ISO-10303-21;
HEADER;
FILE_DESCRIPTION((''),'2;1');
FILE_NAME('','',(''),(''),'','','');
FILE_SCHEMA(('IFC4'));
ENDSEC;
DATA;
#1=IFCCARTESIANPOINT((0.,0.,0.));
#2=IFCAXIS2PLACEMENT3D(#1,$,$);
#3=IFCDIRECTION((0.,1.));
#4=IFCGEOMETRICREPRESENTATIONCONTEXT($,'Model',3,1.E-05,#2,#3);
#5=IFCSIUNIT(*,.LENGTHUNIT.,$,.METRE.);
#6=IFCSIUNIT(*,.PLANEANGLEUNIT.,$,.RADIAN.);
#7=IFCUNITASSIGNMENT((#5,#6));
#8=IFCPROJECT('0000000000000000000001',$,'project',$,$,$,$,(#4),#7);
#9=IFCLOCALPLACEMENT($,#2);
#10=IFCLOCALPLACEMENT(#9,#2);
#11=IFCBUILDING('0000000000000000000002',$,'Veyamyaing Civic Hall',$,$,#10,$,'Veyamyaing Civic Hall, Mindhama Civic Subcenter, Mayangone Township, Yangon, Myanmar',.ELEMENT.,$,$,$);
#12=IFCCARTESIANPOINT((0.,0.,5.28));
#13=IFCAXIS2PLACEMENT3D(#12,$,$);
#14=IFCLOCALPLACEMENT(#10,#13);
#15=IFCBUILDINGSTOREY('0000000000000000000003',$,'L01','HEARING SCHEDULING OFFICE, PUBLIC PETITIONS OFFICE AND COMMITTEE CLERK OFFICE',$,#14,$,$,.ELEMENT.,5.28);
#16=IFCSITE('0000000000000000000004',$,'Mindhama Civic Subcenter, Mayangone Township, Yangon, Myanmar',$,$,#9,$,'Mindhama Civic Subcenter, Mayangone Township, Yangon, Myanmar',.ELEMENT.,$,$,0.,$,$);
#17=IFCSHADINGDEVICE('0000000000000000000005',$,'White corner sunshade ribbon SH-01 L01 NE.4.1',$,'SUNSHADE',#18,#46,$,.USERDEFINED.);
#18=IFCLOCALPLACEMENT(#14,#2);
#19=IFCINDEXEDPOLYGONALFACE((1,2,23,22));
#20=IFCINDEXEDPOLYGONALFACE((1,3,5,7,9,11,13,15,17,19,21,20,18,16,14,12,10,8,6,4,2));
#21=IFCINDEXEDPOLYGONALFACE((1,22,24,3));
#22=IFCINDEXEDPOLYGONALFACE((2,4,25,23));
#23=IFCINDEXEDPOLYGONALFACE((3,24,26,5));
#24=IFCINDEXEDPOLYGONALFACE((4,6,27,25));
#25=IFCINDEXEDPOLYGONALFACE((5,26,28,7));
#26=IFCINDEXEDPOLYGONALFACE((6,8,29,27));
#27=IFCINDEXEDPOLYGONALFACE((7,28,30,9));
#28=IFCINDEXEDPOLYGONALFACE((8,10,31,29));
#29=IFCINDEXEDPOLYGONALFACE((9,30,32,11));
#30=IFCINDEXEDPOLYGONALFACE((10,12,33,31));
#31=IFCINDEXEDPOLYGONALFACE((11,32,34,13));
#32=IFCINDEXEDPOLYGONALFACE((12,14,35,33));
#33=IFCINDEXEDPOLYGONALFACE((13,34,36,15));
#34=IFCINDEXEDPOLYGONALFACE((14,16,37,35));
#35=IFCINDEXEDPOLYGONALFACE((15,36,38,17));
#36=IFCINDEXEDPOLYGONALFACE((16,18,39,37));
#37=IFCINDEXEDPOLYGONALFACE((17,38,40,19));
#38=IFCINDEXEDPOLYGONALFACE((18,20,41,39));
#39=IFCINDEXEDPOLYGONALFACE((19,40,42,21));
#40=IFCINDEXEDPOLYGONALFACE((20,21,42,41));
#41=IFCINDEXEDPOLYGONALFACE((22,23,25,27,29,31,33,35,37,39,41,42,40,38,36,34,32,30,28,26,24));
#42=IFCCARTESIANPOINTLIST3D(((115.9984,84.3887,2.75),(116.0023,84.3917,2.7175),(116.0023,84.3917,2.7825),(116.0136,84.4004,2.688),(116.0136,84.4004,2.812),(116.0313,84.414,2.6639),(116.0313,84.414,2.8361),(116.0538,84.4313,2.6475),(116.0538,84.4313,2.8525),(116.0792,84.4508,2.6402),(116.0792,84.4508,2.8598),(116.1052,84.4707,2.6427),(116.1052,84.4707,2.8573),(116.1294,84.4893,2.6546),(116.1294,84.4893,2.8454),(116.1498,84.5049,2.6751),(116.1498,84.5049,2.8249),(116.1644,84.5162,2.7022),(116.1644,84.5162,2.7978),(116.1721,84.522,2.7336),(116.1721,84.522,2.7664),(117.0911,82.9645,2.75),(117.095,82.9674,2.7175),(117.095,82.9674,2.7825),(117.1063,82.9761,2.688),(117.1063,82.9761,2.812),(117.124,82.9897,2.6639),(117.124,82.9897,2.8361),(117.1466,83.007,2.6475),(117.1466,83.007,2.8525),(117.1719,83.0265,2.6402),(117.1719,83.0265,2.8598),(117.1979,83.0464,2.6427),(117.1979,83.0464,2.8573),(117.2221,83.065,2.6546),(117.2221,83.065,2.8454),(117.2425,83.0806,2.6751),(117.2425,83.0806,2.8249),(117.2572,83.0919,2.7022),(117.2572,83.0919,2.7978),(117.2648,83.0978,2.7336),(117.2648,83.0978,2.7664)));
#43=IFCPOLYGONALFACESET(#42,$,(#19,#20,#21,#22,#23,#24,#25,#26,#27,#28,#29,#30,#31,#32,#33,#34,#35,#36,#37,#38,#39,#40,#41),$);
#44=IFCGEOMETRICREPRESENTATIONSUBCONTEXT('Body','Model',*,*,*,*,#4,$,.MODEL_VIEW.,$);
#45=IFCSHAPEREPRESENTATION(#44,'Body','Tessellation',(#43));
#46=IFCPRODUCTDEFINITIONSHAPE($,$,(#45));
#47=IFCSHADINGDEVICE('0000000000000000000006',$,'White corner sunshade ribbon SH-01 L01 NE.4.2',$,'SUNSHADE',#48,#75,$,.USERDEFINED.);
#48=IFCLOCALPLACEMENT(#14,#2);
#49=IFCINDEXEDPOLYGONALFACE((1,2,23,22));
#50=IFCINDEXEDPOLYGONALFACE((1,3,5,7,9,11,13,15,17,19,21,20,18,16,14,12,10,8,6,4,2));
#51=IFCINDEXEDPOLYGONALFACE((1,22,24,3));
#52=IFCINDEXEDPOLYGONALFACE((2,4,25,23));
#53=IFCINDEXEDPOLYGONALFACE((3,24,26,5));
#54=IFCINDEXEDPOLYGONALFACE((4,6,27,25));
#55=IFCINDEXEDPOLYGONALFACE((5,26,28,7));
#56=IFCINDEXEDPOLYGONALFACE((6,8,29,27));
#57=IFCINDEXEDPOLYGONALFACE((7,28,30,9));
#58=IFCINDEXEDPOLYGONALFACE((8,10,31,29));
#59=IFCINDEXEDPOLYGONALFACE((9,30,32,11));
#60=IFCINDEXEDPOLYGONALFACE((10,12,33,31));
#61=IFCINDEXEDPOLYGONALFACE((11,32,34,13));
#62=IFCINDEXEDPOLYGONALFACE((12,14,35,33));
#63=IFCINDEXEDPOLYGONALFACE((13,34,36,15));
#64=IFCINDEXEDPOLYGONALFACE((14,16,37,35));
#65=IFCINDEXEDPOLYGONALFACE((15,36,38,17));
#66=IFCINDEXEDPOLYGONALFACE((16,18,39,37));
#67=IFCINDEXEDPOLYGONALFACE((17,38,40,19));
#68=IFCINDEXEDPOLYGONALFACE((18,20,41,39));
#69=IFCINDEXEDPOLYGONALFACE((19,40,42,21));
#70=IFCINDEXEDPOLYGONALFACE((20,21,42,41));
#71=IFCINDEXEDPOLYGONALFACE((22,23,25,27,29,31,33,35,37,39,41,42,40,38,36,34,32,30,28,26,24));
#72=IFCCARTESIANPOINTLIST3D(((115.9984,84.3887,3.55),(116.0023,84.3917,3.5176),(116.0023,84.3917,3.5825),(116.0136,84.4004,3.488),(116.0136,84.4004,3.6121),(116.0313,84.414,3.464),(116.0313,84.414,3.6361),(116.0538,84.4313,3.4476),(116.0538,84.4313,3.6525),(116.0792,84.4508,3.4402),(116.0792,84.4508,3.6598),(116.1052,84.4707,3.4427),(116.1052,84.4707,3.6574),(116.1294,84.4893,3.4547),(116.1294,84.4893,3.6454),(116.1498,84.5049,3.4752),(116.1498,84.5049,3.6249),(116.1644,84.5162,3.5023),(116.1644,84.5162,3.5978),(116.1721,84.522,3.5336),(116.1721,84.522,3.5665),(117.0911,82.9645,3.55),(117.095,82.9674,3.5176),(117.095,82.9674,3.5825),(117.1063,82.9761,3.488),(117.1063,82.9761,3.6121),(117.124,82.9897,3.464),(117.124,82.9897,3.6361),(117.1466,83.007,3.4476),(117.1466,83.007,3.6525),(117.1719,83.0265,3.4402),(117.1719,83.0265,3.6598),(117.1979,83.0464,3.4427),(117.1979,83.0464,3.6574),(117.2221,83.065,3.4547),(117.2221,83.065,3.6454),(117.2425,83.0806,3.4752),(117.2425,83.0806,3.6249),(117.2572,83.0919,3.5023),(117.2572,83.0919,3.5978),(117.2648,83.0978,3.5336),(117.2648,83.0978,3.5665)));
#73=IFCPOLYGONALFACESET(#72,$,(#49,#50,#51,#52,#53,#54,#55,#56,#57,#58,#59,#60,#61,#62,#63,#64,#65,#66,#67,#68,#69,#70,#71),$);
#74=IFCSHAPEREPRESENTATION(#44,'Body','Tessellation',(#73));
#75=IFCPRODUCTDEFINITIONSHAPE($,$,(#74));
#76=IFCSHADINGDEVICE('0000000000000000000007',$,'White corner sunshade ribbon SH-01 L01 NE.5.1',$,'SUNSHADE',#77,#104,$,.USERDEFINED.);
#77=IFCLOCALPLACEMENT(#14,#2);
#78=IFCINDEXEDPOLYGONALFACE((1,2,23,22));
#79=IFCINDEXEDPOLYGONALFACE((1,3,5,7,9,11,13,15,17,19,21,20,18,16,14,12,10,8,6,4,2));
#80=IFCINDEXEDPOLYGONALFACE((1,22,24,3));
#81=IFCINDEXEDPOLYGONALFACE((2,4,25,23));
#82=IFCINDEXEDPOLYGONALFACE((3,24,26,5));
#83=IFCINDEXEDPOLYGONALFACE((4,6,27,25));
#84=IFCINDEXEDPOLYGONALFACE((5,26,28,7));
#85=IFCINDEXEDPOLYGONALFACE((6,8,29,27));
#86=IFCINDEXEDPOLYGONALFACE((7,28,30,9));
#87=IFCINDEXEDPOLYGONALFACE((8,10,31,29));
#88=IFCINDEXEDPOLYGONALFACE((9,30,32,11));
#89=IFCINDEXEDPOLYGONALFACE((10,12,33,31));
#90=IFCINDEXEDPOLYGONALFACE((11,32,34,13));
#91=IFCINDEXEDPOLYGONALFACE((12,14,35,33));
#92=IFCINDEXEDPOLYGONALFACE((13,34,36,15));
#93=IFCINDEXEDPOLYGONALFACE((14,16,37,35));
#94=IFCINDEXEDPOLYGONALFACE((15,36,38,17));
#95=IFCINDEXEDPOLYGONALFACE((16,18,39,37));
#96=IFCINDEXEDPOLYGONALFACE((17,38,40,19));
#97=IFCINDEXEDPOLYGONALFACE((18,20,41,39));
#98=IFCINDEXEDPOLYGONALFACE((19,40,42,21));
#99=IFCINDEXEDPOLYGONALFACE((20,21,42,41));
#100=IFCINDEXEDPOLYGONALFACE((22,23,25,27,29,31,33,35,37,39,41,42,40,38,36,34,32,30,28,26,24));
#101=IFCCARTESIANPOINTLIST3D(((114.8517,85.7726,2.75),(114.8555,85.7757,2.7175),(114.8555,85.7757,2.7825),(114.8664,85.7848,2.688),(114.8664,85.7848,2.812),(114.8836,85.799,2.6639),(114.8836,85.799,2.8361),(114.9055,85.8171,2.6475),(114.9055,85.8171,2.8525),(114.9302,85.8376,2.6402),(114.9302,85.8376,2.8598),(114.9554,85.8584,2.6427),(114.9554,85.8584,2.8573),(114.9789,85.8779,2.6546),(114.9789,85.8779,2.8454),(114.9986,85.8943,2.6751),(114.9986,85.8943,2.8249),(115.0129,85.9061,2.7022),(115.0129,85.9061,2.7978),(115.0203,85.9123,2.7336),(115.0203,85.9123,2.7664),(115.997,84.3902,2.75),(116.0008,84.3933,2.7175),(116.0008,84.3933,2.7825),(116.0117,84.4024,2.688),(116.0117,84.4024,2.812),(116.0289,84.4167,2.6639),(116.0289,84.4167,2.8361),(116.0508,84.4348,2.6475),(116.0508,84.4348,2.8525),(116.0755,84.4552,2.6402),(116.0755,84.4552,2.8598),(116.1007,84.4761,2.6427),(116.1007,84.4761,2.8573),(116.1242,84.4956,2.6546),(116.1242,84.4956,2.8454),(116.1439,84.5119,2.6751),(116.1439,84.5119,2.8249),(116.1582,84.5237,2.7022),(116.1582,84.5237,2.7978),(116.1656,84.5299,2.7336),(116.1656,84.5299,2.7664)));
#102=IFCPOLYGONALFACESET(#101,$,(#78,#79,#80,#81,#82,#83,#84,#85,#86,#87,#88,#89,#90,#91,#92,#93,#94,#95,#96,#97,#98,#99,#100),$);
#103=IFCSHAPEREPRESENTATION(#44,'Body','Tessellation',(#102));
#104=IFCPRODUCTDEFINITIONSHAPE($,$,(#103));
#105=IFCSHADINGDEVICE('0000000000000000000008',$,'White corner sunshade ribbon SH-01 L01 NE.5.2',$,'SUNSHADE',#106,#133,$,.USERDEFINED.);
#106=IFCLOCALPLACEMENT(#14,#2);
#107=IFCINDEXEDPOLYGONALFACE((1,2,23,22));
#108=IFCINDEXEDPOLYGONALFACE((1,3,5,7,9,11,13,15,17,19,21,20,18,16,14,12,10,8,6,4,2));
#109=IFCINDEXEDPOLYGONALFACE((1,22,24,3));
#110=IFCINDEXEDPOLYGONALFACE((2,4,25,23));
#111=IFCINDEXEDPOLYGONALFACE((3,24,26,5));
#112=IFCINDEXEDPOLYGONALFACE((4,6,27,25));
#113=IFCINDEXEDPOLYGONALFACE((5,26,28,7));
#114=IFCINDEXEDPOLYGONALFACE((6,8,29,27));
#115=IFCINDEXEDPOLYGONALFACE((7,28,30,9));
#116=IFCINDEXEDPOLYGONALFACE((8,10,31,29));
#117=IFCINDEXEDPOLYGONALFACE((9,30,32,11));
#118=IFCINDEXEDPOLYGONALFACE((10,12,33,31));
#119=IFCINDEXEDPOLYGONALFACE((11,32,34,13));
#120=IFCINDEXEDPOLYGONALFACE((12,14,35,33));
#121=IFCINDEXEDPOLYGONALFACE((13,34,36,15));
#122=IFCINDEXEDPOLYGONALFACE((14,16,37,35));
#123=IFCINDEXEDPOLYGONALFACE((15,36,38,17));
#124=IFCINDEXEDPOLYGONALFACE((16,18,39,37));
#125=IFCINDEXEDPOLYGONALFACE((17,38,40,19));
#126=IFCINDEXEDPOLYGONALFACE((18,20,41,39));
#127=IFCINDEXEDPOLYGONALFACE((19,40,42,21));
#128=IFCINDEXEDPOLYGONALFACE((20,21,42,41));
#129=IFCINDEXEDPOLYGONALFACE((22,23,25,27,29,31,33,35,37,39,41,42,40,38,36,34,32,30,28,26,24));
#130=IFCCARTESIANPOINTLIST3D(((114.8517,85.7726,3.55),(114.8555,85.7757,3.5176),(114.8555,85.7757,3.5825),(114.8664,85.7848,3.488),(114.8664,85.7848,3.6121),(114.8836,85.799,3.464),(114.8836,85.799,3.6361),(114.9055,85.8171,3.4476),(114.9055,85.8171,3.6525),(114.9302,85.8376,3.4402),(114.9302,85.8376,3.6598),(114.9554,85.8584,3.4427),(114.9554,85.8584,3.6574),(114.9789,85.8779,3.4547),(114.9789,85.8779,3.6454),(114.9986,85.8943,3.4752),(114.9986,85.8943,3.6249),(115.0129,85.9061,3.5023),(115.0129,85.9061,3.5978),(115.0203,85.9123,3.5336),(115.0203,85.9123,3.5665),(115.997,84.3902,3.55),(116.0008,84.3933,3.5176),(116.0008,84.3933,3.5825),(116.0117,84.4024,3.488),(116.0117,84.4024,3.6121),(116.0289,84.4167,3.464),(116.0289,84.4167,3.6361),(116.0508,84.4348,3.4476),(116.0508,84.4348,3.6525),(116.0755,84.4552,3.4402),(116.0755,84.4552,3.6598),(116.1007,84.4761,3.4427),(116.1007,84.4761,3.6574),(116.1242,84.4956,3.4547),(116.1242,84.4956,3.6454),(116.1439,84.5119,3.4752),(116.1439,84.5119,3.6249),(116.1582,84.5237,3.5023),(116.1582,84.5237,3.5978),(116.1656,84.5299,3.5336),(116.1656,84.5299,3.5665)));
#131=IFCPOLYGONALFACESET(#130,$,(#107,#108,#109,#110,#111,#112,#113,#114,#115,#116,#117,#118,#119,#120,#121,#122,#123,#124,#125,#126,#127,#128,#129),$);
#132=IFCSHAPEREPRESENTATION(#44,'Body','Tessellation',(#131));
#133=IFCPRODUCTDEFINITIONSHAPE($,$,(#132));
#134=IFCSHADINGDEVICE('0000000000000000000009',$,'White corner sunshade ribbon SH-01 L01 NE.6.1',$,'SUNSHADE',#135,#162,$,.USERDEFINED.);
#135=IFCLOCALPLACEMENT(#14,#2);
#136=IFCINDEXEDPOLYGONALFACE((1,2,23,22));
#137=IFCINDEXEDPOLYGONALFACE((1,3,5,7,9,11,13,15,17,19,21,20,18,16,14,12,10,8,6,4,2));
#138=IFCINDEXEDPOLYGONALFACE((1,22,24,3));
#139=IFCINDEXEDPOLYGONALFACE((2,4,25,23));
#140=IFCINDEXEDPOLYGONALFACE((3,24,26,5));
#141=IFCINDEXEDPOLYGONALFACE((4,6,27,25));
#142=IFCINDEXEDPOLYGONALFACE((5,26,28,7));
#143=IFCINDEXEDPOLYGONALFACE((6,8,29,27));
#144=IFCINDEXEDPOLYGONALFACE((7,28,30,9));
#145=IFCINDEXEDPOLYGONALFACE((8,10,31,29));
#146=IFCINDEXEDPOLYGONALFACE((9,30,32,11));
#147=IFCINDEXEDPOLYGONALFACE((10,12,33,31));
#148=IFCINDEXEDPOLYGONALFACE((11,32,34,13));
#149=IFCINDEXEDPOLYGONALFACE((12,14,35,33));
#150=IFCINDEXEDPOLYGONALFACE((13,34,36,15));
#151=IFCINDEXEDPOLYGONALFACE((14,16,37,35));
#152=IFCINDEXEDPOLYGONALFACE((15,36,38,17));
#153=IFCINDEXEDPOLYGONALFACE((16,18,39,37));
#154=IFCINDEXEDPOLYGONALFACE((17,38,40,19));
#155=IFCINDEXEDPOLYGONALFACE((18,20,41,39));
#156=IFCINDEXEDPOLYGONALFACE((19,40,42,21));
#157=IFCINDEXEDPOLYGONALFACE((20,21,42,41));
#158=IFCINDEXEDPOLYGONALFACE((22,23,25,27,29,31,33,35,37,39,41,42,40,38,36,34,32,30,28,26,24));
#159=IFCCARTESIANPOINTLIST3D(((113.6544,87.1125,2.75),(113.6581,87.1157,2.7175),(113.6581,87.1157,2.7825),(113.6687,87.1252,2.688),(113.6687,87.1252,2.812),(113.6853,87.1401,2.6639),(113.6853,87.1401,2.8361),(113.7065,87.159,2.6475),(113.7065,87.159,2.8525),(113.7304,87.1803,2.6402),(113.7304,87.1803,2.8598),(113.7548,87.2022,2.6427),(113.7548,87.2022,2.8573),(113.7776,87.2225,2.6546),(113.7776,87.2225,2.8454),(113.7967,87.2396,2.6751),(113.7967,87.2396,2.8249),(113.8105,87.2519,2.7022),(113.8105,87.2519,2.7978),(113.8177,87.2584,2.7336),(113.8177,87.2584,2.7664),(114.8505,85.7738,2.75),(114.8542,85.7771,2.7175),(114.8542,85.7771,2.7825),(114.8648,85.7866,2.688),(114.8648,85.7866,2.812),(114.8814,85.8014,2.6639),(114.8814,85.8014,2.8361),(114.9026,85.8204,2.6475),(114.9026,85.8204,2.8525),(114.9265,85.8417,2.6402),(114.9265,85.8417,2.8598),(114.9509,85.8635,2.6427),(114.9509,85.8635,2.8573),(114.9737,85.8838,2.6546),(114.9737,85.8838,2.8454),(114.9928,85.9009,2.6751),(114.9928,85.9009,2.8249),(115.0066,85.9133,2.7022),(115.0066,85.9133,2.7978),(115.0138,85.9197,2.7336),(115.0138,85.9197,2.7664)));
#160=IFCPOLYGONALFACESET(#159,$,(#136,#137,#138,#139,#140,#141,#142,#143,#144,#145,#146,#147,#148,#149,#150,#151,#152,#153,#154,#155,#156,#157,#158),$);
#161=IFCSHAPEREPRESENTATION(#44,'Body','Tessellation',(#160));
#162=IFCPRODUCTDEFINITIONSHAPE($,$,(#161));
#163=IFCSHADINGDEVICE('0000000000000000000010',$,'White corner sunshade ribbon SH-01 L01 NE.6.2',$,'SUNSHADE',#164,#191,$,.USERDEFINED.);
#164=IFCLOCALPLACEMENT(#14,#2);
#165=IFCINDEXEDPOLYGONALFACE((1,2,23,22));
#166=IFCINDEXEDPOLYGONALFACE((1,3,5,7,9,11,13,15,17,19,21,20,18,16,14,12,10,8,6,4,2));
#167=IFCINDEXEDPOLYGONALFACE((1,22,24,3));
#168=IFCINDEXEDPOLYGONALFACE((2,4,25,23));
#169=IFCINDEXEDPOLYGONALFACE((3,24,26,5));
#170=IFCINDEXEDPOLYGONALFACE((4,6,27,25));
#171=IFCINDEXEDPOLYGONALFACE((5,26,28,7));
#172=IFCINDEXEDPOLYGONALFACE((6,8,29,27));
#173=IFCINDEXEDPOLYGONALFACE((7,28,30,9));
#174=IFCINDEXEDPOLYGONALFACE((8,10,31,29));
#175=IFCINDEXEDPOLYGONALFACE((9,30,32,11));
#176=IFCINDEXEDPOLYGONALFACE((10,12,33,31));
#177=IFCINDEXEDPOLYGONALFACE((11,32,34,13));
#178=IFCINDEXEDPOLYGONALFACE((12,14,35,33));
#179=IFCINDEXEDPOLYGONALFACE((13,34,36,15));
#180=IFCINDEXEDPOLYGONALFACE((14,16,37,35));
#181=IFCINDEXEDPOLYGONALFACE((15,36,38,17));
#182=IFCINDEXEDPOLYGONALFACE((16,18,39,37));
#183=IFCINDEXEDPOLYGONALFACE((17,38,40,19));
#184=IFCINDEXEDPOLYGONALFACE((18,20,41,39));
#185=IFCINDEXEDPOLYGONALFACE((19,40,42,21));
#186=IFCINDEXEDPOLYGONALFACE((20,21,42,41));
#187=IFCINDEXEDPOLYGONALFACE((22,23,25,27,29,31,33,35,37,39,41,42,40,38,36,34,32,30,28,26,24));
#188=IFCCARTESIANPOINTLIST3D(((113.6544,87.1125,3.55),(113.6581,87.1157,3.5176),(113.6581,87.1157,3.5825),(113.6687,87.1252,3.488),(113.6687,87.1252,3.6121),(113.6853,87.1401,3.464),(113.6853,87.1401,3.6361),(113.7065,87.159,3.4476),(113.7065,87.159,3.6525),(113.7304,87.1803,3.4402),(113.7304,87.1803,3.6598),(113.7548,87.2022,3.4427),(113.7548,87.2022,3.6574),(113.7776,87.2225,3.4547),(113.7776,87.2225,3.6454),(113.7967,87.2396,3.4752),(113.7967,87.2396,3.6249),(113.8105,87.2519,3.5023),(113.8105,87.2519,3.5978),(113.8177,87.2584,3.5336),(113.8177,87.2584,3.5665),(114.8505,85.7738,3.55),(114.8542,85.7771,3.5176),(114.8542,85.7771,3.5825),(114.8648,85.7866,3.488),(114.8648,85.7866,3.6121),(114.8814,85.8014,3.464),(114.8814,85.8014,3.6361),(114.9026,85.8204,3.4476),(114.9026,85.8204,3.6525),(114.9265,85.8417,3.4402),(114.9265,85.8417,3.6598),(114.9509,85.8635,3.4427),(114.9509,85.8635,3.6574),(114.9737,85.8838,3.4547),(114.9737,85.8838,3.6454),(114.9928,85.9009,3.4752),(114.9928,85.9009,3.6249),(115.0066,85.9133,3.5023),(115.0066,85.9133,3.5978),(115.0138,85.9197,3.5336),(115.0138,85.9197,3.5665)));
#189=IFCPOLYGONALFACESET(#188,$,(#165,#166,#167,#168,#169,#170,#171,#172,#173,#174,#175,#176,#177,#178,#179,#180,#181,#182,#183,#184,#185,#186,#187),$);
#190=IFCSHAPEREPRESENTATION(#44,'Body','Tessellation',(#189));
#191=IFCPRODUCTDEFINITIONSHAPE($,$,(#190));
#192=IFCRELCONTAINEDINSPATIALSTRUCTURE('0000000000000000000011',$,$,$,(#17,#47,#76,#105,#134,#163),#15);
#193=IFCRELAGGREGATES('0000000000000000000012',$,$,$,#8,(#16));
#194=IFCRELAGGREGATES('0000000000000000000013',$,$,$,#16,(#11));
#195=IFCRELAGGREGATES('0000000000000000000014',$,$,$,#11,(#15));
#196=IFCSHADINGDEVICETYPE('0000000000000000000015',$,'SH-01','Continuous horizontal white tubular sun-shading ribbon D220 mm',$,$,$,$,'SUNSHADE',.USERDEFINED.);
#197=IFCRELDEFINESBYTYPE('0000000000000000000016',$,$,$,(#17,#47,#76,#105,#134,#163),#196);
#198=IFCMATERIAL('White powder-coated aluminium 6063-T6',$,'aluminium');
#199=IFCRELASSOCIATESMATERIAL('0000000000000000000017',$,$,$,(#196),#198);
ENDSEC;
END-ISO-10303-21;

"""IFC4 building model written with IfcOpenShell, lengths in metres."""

from ifc_helpers import new_model, si_unit, direction, frame, origin, origin_2d, place, context, subcontext, project, spatial, circle, extrude, material, material_profile, profile_set, type_object, element, save


model = new_model("IFC4")

# Units and contexts
model_context = context("Model", 3, precision=1e-05, world=origin(), true_north=direction((0.0, 1.0)))
body_context = subcontext(model_context, "Body", "Model", "MODEL_VIEW")
ifc_project = project(units=[si_unit("LENGTHUNIT", "METRE"), si_unit("PLANEANGLEUNIT", "RADIAN")], contexts=[model_context])

# Site, building, storey
site_placement = place(None, origin())
site = spatial("IfcSite", under=ifc_project, at=site_placement, Name="Mindhama Civic Subcenter, Mayangone Township, Yangon, Myanmar", LongName="Mindhama Civic Subcenter, Mayangone Township, Yangon, Myanmar", CompositionType="ELEMENT", RefElevation=0.0)
building_placement = place(site_placement, origin())
building = spatial("IfcBuilding", under=site, at=building_placement, Name="Veyamyaing Civic Hall", LongName="Veyamyaing Civic Hall, Mindhama Civic Subcenter, Mayangone Township, Yangon, Myanmar", CompositionType="ELEMENT")
storey_placement = place(building_placement, frame((0.0, 0.0, 5.28)))
storey = spatial("IfcBuildingStorey", under=building, at=storey_placement, Name="L01", Description="HEARING SCHEDULING OFFICE, PUBLIC PETITIONS OFFICE AND COMMITTEE CLERK OFFICE", CompositionType="ELEMENT", Elevation=5.28)

# Shared definitions
ifc_material_1 = material(Name="White powder-coated aluminium 6063-T6", Category="aluminium")

# Shading devices
ifc_material_profile_1 = material_profile(ifc_material_1, circle(Radius=0.1101, at=origin_2d()), Name="SHADE-TUBE-220")
ifc_profile_set_1 = profile_set([ifc_material_profile_1], Name="White powder-coated aluminium 6063-T6")
shading_device_type_1 = type_object("IfcShadingDeviceType", Name="SH-01", Description="Continuous horizontal white tubular sun-shading ribbon D220 mm", ElementType="SUNSHADE", PredefinedType="USERDEFINED", material=ifc_profile_set_1)
for number, where, z_axis, x_axis, name in (
    (1, (117.1785, 83.0315, 2.75), (-0.608711, 0.793392, 0.0), (-0.793392, -0.608711, 0.0), "White corner sunshade ribbon SH-01 L01 NE.4.1"),
    (2, (117.1785, 83.0315, 3.55), (-0.608711, 0.793392, 0.0), (-0.793392, -0.608711, 0.0), "White corner sunshade ribbon SH-01 L01 NE.4.2"),
    (3, (116.0818, 84.4604, 2.75), (-0.637988, 0.770046, 0.0), (-0.770046, -0.637988, 0.0), "White corner sunshade ribbon SH-01 L01 NE.5.1"),
    (4, (116.0818, 84.4604, 3.55), (-0.637988, 0.770046, 0.0), (-0.770046, -0.637988, 0.0), "White corner sunshade ribbon SH-01 L01 NE.5.2"),
    (5, (114.9326, 85.8472, 2.75), (-0.666278, 0.745704, 0.0), (-0.745704, -0.666278, 0.0), "White corner sunshade ribbon SH-01 L01 NE.6.1"),
    (6, (114.9326, 85.8472, 3.55), (-0.666278, 0.745704, 0.0), (-0.745704, -0.666278, 0.0), "White corner sunshade ribbon SH-01 L01 NE.6.2"),
):
    element("IfcShadingDevice", number, at=place(storey_placement, frame(where, z_axis=z_axis, x_axis=x_axis)), inside=storey, type_object=shading_device_type_1, Name=name, ObjectType="SUNSHADE", PredefinedType="USERDEFINED", context=body_context, shape_type="SweptSolid", body=[
        extrude(circle(Radius=0.1101, at=origin_2d()), origin(), (0.0, 0.0, 1.0), 1.7952),
    ])

save(model, "model.ifc")
